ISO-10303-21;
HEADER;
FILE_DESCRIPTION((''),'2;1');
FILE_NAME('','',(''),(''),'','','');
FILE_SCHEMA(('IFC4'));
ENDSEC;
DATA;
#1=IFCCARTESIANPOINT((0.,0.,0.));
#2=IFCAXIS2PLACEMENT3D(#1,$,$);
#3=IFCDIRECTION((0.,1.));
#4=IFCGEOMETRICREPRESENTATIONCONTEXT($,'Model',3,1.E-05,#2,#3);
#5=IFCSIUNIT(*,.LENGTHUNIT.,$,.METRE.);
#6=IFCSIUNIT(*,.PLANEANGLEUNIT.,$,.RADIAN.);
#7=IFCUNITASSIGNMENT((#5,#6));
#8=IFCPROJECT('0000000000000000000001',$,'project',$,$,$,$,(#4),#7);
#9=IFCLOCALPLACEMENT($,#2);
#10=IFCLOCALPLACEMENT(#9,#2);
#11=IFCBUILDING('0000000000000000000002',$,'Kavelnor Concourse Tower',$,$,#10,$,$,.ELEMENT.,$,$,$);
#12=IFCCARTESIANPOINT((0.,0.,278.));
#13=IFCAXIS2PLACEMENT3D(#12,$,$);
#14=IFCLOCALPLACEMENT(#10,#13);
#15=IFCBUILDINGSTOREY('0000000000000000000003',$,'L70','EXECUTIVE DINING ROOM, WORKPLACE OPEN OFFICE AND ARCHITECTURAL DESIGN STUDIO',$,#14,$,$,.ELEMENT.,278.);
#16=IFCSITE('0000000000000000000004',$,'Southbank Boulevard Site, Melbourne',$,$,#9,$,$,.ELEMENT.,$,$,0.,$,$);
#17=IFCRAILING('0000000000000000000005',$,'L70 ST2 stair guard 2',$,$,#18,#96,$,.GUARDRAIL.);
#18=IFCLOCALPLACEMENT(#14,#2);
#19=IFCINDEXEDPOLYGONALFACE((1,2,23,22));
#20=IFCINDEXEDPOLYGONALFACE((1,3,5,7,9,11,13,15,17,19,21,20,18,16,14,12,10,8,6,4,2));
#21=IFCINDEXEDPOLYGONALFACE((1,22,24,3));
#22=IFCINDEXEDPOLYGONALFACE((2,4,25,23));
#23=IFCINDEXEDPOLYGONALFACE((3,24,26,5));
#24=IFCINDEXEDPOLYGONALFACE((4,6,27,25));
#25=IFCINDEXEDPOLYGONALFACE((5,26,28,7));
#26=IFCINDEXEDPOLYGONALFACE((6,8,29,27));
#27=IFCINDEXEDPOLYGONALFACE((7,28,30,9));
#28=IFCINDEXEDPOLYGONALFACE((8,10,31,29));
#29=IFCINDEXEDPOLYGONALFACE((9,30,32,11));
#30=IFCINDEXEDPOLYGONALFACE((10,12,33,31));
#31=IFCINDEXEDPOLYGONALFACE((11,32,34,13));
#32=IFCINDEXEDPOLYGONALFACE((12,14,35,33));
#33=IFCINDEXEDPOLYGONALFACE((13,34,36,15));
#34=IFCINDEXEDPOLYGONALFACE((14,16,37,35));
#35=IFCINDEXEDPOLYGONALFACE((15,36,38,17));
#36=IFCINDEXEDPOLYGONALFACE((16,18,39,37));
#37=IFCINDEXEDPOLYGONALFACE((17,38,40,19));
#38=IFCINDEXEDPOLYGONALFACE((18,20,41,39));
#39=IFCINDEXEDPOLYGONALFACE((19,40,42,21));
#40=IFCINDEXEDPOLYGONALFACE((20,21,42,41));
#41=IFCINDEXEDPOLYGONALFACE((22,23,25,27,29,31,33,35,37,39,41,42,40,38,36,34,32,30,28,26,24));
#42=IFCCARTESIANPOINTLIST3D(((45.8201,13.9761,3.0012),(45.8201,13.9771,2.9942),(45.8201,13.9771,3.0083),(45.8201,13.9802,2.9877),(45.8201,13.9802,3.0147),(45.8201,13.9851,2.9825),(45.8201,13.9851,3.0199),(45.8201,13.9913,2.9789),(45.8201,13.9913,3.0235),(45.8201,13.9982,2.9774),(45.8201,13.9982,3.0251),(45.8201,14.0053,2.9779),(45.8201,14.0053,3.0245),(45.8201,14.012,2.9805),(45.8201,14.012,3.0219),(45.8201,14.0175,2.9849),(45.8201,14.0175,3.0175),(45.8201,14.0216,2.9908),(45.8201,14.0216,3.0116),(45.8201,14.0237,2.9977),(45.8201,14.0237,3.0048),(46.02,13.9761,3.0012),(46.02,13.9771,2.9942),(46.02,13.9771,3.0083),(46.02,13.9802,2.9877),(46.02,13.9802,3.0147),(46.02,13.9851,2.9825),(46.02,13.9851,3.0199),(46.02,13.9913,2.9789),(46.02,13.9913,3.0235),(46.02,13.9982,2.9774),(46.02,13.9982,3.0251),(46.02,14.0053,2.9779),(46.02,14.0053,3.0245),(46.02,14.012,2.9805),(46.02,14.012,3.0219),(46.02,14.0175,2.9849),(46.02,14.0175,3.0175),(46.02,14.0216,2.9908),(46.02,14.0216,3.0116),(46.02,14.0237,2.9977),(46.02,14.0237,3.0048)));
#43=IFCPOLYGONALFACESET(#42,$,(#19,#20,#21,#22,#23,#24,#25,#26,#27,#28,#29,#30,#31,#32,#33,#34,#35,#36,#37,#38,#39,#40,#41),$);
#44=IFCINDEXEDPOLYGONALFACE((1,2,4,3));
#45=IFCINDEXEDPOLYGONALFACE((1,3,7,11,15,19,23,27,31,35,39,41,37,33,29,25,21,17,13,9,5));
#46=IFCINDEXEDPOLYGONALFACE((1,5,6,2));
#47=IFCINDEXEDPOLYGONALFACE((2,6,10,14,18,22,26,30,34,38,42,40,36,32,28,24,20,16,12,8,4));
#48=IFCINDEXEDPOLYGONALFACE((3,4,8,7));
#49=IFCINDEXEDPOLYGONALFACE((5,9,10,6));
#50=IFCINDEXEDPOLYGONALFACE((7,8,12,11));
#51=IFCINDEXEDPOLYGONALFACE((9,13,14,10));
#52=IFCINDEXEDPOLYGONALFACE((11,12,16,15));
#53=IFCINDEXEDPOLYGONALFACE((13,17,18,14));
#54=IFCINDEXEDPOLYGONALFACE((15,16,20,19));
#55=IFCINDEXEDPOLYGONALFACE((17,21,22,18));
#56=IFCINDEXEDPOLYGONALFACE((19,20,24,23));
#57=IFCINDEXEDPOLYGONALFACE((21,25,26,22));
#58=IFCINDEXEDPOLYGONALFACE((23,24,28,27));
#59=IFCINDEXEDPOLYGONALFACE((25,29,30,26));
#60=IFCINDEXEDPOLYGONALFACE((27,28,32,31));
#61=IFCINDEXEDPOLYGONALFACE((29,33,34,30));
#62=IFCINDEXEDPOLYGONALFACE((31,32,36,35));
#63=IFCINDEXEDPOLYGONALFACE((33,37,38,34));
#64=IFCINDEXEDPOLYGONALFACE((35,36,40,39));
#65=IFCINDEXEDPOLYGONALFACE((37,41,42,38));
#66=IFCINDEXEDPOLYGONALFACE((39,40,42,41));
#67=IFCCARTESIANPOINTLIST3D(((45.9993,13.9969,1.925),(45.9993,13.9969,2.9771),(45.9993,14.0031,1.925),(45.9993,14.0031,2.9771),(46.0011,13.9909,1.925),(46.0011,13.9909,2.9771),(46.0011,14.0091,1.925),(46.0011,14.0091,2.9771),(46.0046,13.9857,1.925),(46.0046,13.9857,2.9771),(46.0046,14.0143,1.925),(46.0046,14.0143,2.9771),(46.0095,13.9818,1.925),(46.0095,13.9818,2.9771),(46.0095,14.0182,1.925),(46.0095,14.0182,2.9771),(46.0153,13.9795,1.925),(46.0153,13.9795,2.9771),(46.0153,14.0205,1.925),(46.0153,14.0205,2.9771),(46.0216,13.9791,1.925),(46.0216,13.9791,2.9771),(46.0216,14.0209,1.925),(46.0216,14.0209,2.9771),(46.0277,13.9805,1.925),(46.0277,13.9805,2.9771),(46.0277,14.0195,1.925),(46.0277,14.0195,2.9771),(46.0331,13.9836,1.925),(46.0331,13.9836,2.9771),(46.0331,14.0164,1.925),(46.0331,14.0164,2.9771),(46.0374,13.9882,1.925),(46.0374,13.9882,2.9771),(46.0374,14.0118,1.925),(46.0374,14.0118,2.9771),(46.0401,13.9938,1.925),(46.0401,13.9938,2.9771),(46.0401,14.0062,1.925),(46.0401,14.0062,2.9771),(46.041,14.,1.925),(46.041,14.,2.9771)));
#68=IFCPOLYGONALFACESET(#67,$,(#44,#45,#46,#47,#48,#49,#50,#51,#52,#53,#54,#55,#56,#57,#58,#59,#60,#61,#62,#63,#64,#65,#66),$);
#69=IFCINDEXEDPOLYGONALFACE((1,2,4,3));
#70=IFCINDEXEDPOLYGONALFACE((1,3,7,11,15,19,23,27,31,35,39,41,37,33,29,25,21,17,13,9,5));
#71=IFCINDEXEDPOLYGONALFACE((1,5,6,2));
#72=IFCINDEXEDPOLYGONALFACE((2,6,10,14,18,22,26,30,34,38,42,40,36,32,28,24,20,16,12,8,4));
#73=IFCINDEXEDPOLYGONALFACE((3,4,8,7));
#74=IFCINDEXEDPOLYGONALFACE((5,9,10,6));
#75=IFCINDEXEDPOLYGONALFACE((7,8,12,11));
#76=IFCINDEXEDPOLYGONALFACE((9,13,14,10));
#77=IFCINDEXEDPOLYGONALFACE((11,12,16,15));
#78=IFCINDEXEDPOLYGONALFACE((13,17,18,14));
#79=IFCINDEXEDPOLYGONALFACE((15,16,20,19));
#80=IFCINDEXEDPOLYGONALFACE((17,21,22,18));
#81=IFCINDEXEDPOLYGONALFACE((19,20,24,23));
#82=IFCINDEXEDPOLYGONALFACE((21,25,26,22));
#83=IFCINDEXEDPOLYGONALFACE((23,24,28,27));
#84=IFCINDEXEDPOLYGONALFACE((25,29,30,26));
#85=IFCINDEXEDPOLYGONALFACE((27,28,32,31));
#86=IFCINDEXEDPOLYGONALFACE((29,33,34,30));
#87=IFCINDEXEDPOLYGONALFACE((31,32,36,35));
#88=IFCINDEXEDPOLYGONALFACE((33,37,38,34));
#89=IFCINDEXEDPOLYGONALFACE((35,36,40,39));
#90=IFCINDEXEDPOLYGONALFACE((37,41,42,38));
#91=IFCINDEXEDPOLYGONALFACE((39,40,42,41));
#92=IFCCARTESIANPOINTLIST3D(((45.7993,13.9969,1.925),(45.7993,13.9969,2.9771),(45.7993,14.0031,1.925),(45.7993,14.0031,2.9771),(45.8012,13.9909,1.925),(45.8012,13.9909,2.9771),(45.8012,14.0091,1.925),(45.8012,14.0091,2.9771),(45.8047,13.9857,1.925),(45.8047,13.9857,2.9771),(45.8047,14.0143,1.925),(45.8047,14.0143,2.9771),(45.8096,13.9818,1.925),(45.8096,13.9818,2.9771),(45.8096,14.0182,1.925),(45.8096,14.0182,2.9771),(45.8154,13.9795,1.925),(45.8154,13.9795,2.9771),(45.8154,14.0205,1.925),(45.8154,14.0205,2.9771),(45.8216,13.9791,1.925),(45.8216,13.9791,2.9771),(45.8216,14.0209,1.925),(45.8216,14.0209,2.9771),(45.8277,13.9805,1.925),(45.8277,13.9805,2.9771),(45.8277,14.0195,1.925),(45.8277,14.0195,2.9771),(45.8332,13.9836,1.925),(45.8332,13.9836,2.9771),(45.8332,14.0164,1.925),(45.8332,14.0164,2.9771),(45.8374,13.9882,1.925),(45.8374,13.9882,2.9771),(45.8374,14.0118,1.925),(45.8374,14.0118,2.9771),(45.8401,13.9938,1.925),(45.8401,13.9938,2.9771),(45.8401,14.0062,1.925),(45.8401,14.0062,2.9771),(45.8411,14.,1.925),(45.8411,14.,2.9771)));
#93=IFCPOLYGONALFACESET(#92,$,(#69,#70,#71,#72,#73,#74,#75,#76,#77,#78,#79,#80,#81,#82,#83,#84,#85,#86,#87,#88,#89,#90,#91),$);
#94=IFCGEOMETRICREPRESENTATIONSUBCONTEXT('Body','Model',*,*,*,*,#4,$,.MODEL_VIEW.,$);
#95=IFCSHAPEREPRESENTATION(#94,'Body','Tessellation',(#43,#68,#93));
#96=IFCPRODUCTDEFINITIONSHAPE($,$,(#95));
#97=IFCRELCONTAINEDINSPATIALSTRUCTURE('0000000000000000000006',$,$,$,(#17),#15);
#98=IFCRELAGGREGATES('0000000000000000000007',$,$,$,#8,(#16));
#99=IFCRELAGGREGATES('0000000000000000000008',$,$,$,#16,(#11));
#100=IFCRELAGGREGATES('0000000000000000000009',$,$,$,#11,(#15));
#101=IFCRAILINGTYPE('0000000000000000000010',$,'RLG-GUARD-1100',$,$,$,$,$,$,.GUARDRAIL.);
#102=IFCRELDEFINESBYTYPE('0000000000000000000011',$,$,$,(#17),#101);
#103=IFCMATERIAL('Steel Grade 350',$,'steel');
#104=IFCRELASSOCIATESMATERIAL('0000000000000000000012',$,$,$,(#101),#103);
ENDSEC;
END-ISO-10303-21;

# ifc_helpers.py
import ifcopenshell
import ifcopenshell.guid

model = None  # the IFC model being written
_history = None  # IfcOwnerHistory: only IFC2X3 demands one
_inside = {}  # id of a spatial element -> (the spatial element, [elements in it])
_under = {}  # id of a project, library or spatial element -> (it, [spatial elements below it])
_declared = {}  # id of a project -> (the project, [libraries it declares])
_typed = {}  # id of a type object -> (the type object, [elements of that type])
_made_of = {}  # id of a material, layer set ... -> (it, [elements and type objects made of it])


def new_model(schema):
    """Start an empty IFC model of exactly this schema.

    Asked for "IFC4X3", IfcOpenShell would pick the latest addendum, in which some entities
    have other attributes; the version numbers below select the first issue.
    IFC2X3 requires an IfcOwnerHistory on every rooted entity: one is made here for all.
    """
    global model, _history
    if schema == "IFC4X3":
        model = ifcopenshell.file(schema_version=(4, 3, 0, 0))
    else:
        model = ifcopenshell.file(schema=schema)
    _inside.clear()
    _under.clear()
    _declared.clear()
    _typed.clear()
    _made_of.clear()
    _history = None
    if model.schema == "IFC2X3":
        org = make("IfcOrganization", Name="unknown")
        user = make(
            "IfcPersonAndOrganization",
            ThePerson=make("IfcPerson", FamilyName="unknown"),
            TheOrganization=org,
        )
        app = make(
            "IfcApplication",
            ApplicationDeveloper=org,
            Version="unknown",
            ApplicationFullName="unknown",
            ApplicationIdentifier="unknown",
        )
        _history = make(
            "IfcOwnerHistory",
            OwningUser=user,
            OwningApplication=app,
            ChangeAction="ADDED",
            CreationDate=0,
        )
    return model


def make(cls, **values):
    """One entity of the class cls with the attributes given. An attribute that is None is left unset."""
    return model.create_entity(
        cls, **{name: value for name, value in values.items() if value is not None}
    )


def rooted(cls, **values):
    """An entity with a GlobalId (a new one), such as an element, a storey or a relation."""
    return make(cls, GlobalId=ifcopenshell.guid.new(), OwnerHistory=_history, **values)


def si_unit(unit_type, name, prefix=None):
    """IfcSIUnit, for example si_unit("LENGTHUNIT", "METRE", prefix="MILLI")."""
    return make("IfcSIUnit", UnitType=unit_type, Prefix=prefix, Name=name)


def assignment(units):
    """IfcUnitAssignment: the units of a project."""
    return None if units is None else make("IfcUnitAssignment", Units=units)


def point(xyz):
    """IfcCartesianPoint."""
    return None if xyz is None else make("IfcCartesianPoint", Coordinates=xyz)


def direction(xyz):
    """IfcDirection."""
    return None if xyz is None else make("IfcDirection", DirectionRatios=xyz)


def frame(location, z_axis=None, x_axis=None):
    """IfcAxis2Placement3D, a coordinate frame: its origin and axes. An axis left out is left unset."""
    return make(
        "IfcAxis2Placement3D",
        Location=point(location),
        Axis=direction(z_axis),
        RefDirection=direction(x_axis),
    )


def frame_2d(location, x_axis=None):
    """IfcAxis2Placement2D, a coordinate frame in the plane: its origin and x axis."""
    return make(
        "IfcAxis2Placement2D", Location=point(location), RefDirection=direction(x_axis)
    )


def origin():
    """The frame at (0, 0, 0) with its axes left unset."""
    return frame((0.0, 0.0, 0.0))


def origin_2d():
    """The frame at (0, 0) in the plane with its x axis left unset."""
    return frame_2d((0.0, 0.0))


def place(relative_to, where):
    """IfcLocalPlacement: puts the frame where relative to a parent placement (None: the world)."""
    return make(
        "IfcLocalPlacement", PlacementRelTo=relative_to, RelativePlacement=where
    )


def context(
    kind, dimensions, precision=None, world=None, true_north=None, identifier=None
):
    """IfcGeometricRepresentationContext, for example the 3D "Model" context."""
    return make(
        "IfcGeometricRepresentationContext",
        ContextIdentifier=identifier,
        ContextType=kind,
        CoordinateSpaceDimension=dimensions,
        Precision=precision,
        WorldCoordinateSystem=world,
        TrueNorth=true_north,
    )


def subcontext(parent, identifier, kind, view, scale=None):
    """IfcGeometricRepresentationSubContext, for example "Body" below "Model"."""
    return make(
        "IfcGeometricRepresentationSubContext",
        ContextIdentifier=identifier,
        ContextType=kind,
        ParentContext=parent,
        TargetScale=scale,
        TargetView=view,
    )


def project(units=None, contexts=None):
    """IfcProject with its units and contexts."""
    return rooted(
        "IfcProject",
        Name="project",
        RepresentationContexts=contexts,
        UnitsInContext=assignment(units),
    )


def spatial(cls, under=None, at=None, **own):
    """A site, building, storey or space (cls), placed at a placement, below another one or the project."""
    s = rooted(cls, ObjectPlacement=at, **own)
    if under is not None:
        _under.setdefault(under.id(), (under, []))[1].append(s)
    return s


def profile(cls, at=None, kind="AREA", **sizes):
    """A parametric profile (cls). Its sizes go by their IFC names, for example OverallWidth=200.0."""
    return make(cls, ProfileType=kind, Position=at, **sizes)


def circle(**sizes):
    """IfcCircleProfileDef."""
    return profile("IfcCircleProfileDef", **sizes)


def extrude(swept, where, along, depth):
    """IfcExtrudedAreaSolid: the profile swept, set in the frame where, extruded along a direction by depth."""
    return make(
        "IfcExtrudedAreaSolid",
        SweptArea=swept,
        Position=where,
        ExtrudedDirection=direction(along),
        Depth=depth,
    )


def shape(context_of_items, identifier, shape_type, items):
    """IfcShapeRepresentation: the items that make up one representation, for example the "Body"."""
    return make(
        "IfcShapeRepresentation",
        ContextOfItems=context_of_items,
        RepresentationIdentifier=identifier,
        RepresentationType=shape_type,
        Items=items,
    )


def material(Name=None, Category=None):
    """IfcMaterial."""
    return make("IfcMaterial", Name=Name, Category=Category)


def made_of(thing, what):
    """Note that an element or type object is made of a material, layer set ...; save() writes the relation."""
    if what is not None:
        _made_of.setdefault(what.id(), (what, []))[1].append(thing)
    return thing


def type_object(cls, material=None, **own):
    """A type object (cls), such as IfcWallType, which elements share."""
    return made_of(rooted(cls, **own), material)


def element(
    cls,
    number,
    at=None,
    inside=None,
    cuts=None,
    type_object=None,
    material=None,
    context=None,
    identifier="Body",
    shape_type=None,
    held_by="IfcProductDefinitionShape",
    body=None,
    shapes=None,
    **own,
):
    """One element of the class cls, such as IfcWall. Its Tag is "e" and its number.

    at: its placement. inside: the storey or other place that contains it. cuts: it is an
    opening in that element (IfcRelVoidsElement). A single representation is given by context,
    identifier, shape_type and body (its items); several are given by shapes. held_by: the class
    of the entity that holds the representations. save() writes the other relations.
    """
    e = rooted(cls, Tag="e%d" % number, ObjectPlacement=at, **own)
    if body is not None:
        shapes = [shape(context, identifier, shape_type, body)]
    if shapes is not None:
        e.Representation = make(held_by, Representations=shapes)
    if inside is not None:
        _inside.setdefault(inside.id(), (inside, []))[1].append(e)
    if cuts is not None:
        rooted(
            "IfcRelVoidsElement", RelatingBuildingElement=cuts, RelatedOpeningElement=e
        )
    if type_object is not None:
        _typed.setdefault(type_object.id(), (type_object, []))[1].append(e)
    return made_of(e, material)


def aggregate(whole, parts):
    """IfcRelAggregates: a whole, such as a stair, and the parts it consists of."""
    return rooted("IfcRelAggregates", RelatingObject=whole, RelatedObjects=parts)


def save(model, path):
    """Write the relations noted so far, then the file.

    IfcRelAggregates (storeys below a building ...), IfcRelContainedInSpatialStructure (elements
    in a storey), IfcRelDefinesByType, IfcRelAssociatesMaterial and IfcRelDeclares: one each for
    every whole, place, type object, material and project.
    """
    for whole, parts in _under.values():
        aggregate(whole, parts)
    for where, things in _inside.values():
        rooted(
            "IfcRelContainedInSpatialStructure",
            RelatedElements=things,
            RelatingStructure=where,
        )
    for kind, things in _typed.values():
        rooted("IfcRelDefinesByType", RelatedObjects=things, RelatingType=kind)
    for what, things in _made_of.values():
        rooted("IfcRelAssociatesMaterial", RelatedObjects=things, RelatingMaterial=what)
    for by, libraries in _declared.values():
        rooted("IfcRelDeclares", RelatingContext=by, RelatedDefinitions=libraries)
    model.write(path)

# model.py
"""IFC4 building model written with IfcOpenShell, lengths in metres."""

from ifc_helpers import new_model, si_unit, direction, frame, origin, origin_2d, place, context, subcontext, project, spatial, circle, extrude, material, type_object, element, save


model = new_model("IFC4")

# Units and contexts
model_context = context("Model", 3, precision=1e-05, world=origin(), true_north=direction((0.0, 1.0)))
body_context = subcontext(model_context, "Body", "Model", "MODEL_VIEW")
ifc_project = project(units=[si_unit("LENGTHUNIT", "METRE"), si_unit("PLANEANGLEUNIT", "RADIAN")], contexts=[model_context])

# Site, building, storey
site_placement = place(None, origin())
site = spatial("IfcSite", under=ifc_project, at=site_placement, Name="Southbank Boulevard Site, Melbourne", CompositionType="ELEMENT", RefElevation=0.0)
building_placement = place(site_placement, origin())
building = spatial("IfcBuilding", under=site, at=building_placement, Name="Kavelnor Concourse Tower", CompositionType="ELEMENT")
storey_placement = place(building_placement, frame((0.0, 0.0, 278.0)))
storey = spatial("IfcBuildingStorey", under=building, at=storey_placement, Name="L70", Description="EXECUTIVE DINING ROOM, WORKPLACE OPEN OFFICE AND ARCHITECTURAL DESIGN STUDIO", CompositionType="ELEMENT", Elevation=278.0)

# Shared definitions
ifc_material_1 = material(Name="Steel Grade 350", Category="steel")

# Railing
railing_type_1 = type_object("IfcRailingType", Name="RLG-GUARD-1100", PredefinedType="GUARDRAIL", material=ifc_material_1)
railing_1_placement = place(storey_placement, frame((46.02, 14.0, 1.925)))
element("IfcRailing", 1, at=railing_1_placement, inside=storey, type_object=railing_type_1, Name="L70 ST2 stair guard 2", PredefinedType="GUARDRAIL", context=body_context, shape_type="SweptSolid", body=[
    extrude(circle(Radius=0.0239, at=origin_2d()), frame((0.0, 0.0, 1.0762), z_axis=(-1.0, 0.0, 0.0), x_axis=(0.0, -1.0, 0.0)), (0.0, 0.0, 1.0), 0.2),
    extrude(circle(Radius=0.021, at=origin_2d()), origin(), (0.0, 0.0, 1.0), 1.052),
    extrude(circle(Radius=0.021, at=origin_2d()), frame((-0.2, 0.0, 0.0)), (0.0, 0.0, 1.0), 1.052),
])

save(model, "model.ifc")
